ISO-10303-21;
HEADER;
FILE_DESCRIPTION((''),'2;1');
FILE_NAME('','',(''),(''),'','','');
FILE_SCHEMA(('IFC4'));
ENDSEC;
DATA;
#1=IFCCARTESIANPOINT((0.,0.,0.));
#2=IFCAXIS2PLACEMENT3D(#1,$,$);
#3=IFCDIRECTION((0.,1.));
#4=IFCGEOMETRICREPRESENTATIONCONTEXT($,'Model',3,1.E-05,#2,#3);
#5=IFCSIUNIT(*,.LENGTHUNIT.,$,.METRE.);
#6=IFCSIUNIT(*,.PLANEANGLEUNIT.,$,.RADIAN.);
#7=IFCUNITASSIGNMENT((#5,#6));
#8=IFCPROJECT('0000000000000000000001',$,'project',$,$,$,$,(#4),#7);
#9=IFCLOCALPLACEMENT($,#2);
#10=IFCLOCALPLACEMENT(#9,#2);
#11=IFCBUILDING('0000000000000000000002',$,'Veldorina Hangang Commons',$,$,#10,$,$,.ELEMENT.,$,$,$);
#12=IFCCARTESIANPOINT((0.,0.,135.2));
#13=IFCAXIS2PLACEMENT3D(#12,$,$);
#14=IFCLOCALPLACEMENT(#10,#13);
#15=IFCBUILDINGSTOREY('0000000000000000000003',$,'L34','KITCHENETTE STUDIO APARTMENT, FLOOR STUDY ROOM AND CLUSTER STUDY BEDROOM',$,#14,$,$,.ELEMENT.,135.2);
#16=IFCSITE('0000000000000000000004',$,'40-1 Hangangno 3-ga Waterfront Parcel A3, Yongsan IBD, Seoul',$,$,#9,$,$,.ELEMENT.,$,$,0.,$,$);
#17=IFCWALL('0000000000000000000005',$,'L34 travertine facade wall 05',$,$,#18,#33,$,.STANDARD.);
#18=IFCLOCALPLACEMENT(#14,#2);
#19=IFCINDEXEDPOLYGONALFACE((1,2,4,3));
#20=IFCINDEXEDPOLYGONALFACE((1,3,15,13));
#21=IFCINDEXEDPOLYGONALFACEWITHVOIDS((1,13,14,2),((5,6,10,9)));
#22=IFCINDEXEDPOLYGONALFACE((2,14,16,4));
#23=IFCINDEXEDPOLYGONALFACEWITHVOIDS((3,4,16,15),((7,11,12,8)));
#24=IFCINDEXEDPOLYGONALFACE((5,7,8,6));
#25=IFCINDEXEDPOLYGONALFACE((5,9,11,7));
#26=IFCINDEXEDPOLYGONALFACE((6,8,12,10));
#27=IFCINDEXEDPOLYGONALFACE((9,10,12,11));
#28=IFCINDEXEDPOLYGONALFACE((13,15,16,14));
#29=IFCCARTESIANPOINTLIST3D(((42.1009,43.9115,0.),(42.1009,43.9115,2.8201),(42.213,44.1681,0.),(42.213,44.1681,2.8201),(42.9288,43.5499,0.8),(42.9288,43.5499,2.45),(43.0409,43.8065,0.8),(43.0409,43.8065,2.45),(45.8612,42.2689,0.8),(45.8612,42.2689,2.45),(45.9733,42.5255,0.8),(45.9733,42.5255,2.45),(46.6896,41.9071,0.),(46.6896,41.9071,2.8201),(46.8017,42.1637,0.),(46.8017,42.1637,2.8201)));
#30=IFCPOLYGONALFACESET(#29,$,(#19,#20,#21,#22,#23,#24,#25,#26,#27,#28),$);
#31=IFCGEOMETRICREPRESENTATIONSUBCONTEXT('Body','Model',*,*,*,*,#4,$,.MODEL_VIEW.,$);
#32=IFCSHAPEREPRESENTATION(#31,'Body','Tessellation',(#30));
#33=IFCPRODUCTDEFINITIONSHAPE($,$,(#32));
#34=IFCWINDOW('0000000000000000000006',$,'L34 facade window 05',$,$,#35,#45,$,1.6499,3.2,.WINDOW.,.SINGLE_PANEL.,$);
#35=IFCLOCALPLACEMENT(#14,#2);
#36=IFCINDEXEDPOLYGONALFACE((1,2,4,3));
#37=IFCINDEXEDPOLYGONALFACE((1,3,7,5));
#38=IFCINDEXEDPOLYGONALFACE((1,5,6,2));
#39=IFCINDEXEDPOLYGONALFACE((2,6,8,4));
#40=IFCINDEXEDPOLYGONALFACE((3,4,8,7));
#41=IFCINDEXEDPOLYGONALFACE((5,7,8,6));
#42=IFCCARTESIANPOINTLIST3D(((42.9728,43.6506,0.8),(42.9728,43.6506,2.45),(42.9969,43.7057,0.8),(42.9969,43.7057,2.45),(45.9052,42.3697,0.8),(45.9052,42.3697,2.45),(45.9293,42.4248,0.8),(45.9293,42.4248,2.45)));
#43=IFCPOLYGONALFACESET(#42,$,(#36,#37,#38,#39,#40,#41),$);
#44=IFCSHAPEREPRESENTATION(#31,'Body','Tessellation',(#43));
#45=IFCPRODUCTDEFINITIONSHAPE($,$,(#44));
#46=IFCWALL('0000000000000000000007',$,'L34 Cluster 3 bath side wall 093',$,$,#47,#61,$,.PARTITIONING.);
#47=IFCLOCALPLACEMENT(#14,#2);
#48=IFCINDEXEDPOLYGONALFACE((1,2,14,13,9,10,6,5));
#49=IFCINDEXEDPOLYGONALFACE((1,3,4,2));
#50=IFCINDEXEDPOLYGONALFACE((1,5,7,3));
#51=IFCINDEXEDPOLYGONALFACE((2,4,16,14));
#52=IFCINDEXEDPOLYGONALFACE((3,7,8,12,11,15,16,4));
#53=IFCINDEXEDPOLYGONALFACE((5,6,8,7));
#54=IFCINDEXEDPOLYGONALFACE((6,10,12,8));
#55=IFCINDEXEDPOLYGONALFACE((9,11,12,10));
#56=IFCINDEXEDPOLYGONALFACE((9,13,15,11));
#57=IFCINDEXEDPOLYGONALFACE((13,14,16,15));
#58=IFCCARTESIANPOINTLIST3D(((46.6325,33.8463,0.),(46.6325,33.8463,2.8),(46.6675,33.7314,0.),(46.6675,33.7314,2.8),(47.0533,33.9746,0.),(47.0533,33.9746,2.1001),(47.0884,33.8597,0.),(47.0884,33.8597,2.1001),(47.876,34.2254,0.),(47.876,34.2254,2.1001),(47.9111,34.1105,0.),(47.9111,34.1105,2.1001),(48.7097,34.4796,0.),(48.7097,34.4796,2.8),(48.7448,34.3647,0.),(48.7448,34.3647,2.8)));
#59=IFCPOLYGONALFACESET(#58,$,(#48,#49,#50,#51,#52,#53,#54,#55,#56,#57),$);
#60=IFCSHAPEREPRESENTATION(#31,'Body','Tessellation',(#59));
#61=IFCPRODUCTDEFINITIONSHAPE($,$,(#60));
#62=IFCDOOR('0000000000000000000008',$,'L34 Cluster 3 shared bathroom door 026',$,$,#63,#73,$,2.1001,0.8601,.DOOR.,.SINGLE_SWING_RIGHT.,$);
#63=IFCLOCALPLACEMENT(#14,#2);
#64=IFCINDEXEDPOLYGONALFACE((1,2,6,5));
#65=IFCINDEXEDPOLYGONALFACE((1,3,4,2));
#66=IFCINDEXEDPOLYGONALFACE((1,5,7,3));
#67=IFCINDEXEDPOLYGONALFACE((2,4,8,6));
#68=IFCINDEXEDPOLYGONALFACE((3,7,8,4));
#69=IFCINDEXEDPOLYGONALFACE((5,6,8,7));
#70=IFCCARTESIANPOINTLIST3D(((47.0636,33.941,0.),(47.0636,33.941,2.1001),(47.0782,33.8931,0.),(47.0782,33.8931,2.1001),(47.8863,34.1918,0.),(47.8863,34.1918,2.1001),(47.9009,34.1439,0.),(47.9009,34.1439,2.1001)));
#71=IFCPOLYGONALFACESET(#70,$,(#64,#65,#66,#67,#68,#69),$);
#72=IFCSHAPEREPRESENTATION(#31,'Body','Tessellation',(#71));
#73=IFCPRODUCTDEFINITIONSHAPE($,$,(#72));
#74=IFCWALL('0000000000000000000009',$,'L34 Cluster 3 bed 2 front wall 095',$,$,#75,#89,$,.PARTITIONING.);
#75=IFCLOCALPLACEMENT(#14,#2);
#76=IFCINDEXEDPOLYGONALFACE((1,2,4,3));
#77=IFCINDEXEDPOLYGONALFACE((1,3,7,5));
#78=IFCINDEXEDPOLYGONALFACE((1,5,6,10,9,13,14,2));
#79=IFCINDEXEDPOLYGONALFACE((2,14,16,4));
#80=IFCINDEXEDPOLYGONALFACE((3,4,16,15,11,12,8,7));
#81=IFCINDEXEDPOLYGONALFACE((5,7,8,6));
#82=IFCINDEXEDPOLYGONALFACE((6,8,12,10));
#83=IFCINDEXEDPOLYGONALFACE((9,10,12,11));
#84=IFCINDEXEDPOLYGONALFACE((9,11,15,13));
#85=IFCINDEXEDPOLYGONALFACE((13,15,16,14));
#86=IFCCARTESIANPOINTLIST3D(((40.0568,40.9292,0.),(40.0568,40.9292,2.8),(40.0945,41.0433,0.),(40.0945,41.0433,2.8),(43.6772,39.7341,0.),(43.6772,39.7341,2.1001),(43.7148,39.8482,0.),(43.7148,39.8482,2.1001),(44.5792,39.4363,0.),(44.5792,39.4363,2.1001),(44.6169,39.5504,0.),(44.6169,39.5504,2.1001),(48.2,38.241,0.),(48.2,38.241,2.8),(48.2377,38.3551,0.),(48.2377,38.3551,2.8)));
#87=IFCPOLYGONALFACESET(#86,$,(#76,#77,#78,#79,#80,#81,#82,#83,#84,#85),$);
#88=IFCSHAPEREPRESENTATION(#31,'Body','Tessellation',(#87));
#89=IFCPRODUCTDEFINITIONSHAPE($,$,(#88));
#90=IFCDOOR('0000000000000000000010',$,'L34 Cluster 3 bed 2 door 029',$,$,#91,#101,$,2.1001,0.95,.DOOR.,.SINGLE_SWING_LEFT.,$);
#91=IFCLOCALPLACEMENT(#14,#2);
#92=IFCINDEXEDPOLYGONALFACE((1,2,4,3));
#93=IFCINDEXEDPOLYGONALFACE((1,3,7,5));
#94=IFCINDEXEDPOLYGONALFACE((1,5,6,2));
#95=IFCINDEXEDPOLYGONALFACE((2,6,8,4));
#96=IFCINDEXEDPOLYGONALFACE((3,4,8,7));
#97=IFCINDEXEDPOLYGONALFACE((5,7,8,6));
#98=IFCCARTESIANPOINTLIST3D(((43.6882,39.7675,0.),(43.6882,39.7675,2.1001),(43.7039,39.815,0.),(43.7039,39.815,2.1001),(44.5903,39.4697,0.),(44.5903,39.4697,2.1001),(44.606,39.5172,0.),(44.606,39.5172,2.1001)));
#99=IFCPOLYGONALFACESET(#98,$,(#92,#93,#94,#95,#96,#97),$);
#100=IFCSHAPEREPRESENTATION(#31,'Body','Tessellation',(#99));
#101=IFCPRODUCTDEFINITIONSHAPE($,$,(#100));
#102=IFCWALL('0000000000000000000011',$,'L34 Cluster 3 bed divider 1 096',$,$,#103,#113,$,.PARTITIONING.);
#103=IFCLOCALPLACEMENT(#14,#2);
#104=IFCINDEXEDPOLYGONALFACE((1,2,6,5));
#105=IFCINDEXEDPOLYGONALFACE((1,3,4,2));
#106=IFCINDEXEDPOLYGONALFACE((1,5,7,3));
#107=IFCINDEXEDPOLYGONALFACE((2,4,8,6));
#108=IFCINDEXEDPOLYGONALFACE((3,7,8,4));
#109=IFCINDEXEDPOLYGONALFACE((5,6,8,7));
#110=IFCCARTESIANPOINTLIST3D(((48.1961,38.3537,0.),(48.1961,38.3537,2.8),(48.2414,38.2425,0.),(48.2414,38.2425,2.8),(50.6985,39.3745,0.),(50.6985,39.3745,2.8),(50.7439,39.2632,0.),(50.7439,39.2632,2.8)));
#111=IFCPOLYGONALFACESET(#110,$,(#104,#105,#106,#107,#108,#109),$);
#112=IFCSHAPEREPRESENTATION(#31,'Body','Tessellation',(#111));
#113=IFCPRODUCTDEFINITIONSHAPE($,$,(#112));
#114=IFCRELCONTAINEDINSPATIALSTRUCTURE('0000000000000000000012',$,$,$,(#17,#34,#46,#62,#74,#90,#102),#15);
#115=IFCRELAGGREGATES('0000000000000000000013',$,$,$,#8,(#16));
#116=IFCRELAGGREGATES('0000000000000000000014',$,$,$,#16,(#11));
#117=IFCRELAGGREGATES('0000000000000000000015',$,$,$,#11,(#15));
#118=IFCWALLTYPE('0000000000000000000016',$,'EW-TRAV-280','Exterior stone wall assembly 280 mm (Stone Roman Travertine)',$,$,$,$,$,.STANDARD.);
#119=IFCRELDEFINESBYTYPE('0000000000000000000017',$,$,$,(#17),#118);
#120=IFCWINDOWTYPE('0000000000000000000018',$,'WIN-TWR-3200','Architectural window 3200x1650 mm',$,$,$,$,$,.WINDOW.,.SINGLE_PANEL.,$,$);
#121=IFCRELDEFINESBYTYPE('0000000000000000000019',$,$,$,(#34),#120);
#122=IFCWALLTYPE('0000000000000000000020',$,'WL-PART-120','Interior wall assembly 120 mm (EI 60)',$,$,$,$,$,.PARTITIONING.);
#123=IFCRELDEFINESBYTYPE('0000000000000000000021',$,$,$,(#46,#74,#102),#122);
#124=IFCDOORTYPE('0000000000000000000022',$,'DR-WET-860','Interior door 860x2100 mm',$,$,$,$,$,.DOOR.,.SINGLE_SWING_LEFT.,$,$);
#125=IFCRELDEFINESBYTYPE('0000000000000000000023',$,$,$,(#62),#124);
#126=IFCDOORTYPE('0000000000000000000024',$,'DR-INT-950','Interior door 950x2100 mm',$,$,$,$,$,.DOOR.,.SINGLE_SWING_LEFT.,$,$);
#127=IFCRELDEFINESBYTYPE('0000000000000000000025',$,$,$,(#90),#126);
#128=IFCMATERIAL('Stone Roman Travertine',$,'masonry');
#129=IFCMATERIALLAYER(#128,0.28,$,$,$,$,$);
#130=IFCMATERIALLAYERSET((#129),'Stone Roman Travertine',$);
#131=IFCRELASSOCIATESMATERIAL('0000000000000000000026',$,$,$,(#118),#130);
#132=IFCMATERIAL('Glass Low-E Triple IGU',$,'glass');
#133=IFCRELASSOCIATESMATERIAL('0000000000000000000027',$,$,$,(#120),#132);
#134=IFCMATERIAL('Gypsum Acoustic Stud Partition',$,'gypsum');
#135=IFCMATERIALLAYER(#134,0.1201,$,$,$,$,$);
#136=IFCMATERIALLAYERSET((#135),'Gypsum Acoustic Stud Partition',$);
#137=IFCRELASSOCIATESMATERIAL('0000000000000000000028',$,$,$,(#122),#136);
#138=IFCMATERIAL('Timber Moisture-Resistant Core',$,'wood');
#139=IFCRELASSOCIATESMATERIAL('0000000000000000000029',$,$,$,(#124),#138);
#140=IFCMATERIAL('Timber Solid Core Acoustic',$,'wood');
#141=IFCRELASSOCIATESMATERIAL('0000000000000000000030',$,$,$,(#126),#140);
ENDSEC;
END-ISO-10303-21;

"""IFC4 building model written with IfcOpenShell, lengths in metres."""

from ifc_helpers import new_model, si_unit, direction, frame, frame_2d, origin, place, context, subcontext, project, spatial, rectangle, extrude, material, layer, layer_set, type_object, element, fill, save


model = new_model("IFC4")

# Units and contexts
model_context = context("Model", 3, precision=1e-05, world=origin(), true_north=direction((0.0, 1.0)))
body_context = subcontext(model_context, "Body", "Model", "MODEL_VIEW")
ifc_project = project(units=[si_unit("LENGTHUNIT", "METRE"), si_unit("PLANEANGLEUNIT", "RADIAN")], contexts=[model_context])

# Site, building, storey
site_placement = place(None, origin())
site = spatial("IfcSite", under=ifc_project, at=site_placement, Name="40-1 Hangangno 3-ga Waterfront Parcel A3, Yongsan IBD, Seoul", CompositionType="ELEMENT", RefElevation=0.0)
building_placement = place(site_placement, origin())
building = spatial("IfcBuilding", under=site, at=building_placement, Name="Veldorina Hangang Commons", CompositionType="ELEMENT")
storey_placement = place(building_placement, frame((0.0, 0.0, 135.2)))
storey = spatial("IfcBuildingStorey", under=building, at=storey_placement, Name="L34", Description="KITCHENETTE STUDIO APARTMENT, FLOOR STUDY ROOM AND CLUSTER STUDY BEDROOM", CompositionType="ELEMENT", Elevation=135.2)

# Shared definitions
ifc_material_1 = material(Name="Stone Roman Travertine", Category="masonry")
ifc_layer_1 = layer(ifc_material_1, 0.28)
ifc_layer_set_1 = layer_set([ifc_layer_1], Name="Stone Roman Travertine")
wall_type_1 = type_object("IfcWallType", Name="EW-TRAV-280", Description="Exterior stone wall assembly 280 mm (Stone Roman Travertine)", PredefinedType="STANDARD", material=ifc_layer_set_1)
ifc_material_2 = material(Name="Glass Low-E Triple IGU", Category="glass")
window_type = type_object("IfcWindowType", Name="WIN-TWR-3200", Description="Architectural window 3200x1650 mm", PartitioningType="SINGLE_PANEL", PredefinedType="WINDOW", material=ifc_material_2)

# Wall, opening, window
wall_1_placement = place(storey_placement, frame((46.7456, 42.0354, 0.0), z_axis=(0.0, 0.0, 1.0), x_axis=(-0.916387, 0.400294, 0.0)))
wall_1 = element("IfcWall", 1, at=wall_1_placement, inside=storey, type_object=wall_type_1, Name="L34 travertine facade wall 05", PredefinedType="STANDARD", context=body_context, shape_type="SweptSolid", body=[
    extrude(rectangle(XDim=5.0073, YDim=0.28, at=frame_2d((2.5037, 0.0))), origin(), (0.0, 0.0, 1.0), 2.8201),
])
opening_1_placement = place(wall_1_placement, frame((0.9038, 0.0, 0.8)))
opening_1 = element("IfcOpeningElement", 2, at=opening_1_placement, cuts=wall_1, PredefinedType="OPENING", context=body_context, shape_type="SweptSolid", body=[
    extrude(rectangle(XDim=3.2, YDim=1.6499, at=frame_2d((1.6001, 0.825))), frame((0.0, 0.1499, 0.0), z_axis=(0.0, -1.0, 0.0), x_axis=(1.0, 0.0, 0.0)), (0.0, 0.0, 1.0), 0.3),
])
window_1_placement = place(opening_1_placement, origin())
window_1 = element("IfcWindow", 3, at=window_1_placement, inside=storey, type_object=window_type, Name="L34 facade window 05", OverallHeight=1.6499, OverallWidth=3.2, PartitioningType="SINGLE_PANEL", PredefinedType="WINDOW", context=body_context, shape_type="SweptSolid", body=[
    extrude(rectangle(XDim=3.2, YDim=1.6499, at=frame_2d((1.6001, 0.825))), frame((0.0, 0.03, 0.0), z_axis=(0.0, -1.0, 0.0), x_axis=(1.0, 0.0, 0.0)), (0.0, 0.0, 1.0), 0.0601),
])
fill(opening_1, window_1)

# Walls, openings, doors
ifc_material_3 = material(Name="Gypsum Acoustic Stud Partition", Category="gypsum")
ifc_layer_2 = layer(ifc_material_3, 0.1201)
ifc_layer_set_2 = layer_set([ifc_layer_2], Name="Gypsum Acoustic Stud Partition")
wall_type_2 = type_object("IfcWallType", Name="WL-PART-120", Description="Interior wall assembly 120 mm (EI 60)", PredefinedType="PARTITIONING", material=ifc_layer_set_2)
wall_2_placement = place(storey_placement, frame((46.6499, 33.7888, 0.0), z_axis=(0.0, 0.0, 1.0), x_axis=(0.956529, 0.291636, 0.0)))
wall_2 = element("IfcWall", 4, at=wall_2_placement, inside=storey, type_object=wall_type_2, Name="L34 Cluster 3 bath side wall 093", PredefinedType="PARTITIONING", context=body_context, shape_type="SweptSolid", body=[
    extrude(rectangle(XDim=2.1716, YDim=0.1201, at=frame_2d((1.0859, 0.0))), origin(), (0.0, 0.0, 1.0), 2.8),
])
opening_2_placement = place(wall_2_placement, frame((0.4399, 0.0, 0.0)))
opening_2 = element("IfcOpeningElement", 5, at=opening_2_placement, cuts=wall_2, PredefinedType="OPENING", context=body_context, shape_type="SweptSolid", body=[
    extrude(rectangle(XDim=0.8601, YDim=2.1001, at=frame_2d((0.4302, 1.05))), frame((0.0, 0.0701, 0.0), z_axis=(0.0, -1.0, 0.0), x_axis=(1.0, 0.0, 0.0)), (0.0, 0.0, 1.0), 0.1401),
])
ifc_material_4 = material(Name="Timber Moisture-Resistant Core", Category="wood")
door_type_1 = type_object("IfcDoorType", Name="DR-WET-860", Description="Interior door 860x2100 mm", OperationType="SINGLE_SWING_LEFT", PredefinedType="DOOR", material=ifc_material_4)
door_1_placement = place(opening_2_placement, origin())
door_1 = element("IfcDoor", 6, at=door_1_placement, inside=storey, type_object=door_type_1, Name="L34 Cluster 3 shared bathroom door 026", OperationType="SINGLE_SWING_RIGHT", OverallHeight=2.1001, OverallWidth=0.8601, PredefinedType="DOOR", context=body_context, shape_type="SweptSolid", body=[
    extrude(rectangle(XDim=0.8601, YDim=2.1001, at=frame_2d((0.4302, 1.05))), frame((0.0, 0.0249, 0.0), z_axis=(0.0, -1.0, 0.0), x_axis=(1.0, 0.0, 0.0)), (0.0, 0.0, 1.0), 0.05),
])
fill(opening_2, door_1)
wall_3_placement = place(storey_placement, frame((48.2188, 38.2981, 0.0), z_axis=(0.0, 0.0, 1.0), x_axis=(-0.949596, 0.313476, 0.0)))
wall_3 = element("IfcWall", 7, at=wall_3_placement, inside=storey, type_object=wall_type_2, Name="L34 Cluster 3 bed 2 front wall 095", PredefinedType="PARTITIONING", context=body_context, shape_type="SweptSolid", body=[
    extrude(rectangle(XDim=8.5754, YDim=0.1201, at=frame_2d((4.2876, 0.0))), origin(), (0.0, 0.0, 1.0), 2.8),
])
opening_3_placement = place(wall_3_placement, frame((3.8127, 0.0, 0.0)))
opening_3 = element("IfcOpeningElement", 8, at=opening_3_placement, cuts=wall_3, PredefinedType="OPENING", context=body_context, shape_type="SweptSolid", body=[
    extrude(rectangle(XDim=0.95, YDim=2.1001, at=frame_2d((0.4751, 1.05))), frame((0.0, 0.0701, 0.0), z_axis=(0.0, -1.0, 0.0), x_axis=(1.0, 0.0, 0.0)), (0.0, 0.0, 1.0), 0.1401),
])
ifc_material_5 = material(Name="Timber Solid Core Acoustic", Category="wood")
door_type_2 = type_object("IfcDoorType", Name="DR-INT-950", Description="Interior door 950x2100 mm", OperationType="SINGLE_SWING_LEFT", PredefinedType="DOOR", material=ifc_material_5)
door_2_placement = place(opening_3_placement, origin())
door_2 = element("IfcDoor", 9, at=door_2_placement, inside=storey, type_object=door_type_2, Name="L34 Cluster 3 bed 2 door 029", OperationType="SINGLE_SWING_LEFT", OverallHeight=2.1001, OverallWidth=0.95, PredefinedType="DOOR", context=body_context, shape_type="SweptSolid", body=[
    extrude(rectangle(XDim=0.95, YDim=2.1001, at=frame_2d((0.4751, 1.05))), frame((0.0, 0.0249, 0.0), z_axis=(0.0, -1.0, 0.0), x_axis=(1.0, 0.0, 0.0)), (0.0, 0.0, 1.0), 0.05),
])
fill(opening_3, door_2)

# Wall
wall_4_placement = place(storey_placement, frame((48.2188, 38.2981, 0.0), z_axis=(0.0, 0.0, 1.0), x_axis=(0.925932, 0.37769, 0.0)))
element("IfcWall", 10, at=wall_4_placement, inside=storey, type_object=wall_type_2, Name="L34 Cluster 3 bed divider 1 096", PredefinedType="PARTITIONING", context=body_context, shape_type="SweptSolid", body=[
    extrude(rectangle(XDim=2.7026, YDim=0.1201, at=frame_2d((1.3513, 0.0))), origin(), (0.0, 0.0, 1.0), 2.8),
])

save(model, "model.ifc")
